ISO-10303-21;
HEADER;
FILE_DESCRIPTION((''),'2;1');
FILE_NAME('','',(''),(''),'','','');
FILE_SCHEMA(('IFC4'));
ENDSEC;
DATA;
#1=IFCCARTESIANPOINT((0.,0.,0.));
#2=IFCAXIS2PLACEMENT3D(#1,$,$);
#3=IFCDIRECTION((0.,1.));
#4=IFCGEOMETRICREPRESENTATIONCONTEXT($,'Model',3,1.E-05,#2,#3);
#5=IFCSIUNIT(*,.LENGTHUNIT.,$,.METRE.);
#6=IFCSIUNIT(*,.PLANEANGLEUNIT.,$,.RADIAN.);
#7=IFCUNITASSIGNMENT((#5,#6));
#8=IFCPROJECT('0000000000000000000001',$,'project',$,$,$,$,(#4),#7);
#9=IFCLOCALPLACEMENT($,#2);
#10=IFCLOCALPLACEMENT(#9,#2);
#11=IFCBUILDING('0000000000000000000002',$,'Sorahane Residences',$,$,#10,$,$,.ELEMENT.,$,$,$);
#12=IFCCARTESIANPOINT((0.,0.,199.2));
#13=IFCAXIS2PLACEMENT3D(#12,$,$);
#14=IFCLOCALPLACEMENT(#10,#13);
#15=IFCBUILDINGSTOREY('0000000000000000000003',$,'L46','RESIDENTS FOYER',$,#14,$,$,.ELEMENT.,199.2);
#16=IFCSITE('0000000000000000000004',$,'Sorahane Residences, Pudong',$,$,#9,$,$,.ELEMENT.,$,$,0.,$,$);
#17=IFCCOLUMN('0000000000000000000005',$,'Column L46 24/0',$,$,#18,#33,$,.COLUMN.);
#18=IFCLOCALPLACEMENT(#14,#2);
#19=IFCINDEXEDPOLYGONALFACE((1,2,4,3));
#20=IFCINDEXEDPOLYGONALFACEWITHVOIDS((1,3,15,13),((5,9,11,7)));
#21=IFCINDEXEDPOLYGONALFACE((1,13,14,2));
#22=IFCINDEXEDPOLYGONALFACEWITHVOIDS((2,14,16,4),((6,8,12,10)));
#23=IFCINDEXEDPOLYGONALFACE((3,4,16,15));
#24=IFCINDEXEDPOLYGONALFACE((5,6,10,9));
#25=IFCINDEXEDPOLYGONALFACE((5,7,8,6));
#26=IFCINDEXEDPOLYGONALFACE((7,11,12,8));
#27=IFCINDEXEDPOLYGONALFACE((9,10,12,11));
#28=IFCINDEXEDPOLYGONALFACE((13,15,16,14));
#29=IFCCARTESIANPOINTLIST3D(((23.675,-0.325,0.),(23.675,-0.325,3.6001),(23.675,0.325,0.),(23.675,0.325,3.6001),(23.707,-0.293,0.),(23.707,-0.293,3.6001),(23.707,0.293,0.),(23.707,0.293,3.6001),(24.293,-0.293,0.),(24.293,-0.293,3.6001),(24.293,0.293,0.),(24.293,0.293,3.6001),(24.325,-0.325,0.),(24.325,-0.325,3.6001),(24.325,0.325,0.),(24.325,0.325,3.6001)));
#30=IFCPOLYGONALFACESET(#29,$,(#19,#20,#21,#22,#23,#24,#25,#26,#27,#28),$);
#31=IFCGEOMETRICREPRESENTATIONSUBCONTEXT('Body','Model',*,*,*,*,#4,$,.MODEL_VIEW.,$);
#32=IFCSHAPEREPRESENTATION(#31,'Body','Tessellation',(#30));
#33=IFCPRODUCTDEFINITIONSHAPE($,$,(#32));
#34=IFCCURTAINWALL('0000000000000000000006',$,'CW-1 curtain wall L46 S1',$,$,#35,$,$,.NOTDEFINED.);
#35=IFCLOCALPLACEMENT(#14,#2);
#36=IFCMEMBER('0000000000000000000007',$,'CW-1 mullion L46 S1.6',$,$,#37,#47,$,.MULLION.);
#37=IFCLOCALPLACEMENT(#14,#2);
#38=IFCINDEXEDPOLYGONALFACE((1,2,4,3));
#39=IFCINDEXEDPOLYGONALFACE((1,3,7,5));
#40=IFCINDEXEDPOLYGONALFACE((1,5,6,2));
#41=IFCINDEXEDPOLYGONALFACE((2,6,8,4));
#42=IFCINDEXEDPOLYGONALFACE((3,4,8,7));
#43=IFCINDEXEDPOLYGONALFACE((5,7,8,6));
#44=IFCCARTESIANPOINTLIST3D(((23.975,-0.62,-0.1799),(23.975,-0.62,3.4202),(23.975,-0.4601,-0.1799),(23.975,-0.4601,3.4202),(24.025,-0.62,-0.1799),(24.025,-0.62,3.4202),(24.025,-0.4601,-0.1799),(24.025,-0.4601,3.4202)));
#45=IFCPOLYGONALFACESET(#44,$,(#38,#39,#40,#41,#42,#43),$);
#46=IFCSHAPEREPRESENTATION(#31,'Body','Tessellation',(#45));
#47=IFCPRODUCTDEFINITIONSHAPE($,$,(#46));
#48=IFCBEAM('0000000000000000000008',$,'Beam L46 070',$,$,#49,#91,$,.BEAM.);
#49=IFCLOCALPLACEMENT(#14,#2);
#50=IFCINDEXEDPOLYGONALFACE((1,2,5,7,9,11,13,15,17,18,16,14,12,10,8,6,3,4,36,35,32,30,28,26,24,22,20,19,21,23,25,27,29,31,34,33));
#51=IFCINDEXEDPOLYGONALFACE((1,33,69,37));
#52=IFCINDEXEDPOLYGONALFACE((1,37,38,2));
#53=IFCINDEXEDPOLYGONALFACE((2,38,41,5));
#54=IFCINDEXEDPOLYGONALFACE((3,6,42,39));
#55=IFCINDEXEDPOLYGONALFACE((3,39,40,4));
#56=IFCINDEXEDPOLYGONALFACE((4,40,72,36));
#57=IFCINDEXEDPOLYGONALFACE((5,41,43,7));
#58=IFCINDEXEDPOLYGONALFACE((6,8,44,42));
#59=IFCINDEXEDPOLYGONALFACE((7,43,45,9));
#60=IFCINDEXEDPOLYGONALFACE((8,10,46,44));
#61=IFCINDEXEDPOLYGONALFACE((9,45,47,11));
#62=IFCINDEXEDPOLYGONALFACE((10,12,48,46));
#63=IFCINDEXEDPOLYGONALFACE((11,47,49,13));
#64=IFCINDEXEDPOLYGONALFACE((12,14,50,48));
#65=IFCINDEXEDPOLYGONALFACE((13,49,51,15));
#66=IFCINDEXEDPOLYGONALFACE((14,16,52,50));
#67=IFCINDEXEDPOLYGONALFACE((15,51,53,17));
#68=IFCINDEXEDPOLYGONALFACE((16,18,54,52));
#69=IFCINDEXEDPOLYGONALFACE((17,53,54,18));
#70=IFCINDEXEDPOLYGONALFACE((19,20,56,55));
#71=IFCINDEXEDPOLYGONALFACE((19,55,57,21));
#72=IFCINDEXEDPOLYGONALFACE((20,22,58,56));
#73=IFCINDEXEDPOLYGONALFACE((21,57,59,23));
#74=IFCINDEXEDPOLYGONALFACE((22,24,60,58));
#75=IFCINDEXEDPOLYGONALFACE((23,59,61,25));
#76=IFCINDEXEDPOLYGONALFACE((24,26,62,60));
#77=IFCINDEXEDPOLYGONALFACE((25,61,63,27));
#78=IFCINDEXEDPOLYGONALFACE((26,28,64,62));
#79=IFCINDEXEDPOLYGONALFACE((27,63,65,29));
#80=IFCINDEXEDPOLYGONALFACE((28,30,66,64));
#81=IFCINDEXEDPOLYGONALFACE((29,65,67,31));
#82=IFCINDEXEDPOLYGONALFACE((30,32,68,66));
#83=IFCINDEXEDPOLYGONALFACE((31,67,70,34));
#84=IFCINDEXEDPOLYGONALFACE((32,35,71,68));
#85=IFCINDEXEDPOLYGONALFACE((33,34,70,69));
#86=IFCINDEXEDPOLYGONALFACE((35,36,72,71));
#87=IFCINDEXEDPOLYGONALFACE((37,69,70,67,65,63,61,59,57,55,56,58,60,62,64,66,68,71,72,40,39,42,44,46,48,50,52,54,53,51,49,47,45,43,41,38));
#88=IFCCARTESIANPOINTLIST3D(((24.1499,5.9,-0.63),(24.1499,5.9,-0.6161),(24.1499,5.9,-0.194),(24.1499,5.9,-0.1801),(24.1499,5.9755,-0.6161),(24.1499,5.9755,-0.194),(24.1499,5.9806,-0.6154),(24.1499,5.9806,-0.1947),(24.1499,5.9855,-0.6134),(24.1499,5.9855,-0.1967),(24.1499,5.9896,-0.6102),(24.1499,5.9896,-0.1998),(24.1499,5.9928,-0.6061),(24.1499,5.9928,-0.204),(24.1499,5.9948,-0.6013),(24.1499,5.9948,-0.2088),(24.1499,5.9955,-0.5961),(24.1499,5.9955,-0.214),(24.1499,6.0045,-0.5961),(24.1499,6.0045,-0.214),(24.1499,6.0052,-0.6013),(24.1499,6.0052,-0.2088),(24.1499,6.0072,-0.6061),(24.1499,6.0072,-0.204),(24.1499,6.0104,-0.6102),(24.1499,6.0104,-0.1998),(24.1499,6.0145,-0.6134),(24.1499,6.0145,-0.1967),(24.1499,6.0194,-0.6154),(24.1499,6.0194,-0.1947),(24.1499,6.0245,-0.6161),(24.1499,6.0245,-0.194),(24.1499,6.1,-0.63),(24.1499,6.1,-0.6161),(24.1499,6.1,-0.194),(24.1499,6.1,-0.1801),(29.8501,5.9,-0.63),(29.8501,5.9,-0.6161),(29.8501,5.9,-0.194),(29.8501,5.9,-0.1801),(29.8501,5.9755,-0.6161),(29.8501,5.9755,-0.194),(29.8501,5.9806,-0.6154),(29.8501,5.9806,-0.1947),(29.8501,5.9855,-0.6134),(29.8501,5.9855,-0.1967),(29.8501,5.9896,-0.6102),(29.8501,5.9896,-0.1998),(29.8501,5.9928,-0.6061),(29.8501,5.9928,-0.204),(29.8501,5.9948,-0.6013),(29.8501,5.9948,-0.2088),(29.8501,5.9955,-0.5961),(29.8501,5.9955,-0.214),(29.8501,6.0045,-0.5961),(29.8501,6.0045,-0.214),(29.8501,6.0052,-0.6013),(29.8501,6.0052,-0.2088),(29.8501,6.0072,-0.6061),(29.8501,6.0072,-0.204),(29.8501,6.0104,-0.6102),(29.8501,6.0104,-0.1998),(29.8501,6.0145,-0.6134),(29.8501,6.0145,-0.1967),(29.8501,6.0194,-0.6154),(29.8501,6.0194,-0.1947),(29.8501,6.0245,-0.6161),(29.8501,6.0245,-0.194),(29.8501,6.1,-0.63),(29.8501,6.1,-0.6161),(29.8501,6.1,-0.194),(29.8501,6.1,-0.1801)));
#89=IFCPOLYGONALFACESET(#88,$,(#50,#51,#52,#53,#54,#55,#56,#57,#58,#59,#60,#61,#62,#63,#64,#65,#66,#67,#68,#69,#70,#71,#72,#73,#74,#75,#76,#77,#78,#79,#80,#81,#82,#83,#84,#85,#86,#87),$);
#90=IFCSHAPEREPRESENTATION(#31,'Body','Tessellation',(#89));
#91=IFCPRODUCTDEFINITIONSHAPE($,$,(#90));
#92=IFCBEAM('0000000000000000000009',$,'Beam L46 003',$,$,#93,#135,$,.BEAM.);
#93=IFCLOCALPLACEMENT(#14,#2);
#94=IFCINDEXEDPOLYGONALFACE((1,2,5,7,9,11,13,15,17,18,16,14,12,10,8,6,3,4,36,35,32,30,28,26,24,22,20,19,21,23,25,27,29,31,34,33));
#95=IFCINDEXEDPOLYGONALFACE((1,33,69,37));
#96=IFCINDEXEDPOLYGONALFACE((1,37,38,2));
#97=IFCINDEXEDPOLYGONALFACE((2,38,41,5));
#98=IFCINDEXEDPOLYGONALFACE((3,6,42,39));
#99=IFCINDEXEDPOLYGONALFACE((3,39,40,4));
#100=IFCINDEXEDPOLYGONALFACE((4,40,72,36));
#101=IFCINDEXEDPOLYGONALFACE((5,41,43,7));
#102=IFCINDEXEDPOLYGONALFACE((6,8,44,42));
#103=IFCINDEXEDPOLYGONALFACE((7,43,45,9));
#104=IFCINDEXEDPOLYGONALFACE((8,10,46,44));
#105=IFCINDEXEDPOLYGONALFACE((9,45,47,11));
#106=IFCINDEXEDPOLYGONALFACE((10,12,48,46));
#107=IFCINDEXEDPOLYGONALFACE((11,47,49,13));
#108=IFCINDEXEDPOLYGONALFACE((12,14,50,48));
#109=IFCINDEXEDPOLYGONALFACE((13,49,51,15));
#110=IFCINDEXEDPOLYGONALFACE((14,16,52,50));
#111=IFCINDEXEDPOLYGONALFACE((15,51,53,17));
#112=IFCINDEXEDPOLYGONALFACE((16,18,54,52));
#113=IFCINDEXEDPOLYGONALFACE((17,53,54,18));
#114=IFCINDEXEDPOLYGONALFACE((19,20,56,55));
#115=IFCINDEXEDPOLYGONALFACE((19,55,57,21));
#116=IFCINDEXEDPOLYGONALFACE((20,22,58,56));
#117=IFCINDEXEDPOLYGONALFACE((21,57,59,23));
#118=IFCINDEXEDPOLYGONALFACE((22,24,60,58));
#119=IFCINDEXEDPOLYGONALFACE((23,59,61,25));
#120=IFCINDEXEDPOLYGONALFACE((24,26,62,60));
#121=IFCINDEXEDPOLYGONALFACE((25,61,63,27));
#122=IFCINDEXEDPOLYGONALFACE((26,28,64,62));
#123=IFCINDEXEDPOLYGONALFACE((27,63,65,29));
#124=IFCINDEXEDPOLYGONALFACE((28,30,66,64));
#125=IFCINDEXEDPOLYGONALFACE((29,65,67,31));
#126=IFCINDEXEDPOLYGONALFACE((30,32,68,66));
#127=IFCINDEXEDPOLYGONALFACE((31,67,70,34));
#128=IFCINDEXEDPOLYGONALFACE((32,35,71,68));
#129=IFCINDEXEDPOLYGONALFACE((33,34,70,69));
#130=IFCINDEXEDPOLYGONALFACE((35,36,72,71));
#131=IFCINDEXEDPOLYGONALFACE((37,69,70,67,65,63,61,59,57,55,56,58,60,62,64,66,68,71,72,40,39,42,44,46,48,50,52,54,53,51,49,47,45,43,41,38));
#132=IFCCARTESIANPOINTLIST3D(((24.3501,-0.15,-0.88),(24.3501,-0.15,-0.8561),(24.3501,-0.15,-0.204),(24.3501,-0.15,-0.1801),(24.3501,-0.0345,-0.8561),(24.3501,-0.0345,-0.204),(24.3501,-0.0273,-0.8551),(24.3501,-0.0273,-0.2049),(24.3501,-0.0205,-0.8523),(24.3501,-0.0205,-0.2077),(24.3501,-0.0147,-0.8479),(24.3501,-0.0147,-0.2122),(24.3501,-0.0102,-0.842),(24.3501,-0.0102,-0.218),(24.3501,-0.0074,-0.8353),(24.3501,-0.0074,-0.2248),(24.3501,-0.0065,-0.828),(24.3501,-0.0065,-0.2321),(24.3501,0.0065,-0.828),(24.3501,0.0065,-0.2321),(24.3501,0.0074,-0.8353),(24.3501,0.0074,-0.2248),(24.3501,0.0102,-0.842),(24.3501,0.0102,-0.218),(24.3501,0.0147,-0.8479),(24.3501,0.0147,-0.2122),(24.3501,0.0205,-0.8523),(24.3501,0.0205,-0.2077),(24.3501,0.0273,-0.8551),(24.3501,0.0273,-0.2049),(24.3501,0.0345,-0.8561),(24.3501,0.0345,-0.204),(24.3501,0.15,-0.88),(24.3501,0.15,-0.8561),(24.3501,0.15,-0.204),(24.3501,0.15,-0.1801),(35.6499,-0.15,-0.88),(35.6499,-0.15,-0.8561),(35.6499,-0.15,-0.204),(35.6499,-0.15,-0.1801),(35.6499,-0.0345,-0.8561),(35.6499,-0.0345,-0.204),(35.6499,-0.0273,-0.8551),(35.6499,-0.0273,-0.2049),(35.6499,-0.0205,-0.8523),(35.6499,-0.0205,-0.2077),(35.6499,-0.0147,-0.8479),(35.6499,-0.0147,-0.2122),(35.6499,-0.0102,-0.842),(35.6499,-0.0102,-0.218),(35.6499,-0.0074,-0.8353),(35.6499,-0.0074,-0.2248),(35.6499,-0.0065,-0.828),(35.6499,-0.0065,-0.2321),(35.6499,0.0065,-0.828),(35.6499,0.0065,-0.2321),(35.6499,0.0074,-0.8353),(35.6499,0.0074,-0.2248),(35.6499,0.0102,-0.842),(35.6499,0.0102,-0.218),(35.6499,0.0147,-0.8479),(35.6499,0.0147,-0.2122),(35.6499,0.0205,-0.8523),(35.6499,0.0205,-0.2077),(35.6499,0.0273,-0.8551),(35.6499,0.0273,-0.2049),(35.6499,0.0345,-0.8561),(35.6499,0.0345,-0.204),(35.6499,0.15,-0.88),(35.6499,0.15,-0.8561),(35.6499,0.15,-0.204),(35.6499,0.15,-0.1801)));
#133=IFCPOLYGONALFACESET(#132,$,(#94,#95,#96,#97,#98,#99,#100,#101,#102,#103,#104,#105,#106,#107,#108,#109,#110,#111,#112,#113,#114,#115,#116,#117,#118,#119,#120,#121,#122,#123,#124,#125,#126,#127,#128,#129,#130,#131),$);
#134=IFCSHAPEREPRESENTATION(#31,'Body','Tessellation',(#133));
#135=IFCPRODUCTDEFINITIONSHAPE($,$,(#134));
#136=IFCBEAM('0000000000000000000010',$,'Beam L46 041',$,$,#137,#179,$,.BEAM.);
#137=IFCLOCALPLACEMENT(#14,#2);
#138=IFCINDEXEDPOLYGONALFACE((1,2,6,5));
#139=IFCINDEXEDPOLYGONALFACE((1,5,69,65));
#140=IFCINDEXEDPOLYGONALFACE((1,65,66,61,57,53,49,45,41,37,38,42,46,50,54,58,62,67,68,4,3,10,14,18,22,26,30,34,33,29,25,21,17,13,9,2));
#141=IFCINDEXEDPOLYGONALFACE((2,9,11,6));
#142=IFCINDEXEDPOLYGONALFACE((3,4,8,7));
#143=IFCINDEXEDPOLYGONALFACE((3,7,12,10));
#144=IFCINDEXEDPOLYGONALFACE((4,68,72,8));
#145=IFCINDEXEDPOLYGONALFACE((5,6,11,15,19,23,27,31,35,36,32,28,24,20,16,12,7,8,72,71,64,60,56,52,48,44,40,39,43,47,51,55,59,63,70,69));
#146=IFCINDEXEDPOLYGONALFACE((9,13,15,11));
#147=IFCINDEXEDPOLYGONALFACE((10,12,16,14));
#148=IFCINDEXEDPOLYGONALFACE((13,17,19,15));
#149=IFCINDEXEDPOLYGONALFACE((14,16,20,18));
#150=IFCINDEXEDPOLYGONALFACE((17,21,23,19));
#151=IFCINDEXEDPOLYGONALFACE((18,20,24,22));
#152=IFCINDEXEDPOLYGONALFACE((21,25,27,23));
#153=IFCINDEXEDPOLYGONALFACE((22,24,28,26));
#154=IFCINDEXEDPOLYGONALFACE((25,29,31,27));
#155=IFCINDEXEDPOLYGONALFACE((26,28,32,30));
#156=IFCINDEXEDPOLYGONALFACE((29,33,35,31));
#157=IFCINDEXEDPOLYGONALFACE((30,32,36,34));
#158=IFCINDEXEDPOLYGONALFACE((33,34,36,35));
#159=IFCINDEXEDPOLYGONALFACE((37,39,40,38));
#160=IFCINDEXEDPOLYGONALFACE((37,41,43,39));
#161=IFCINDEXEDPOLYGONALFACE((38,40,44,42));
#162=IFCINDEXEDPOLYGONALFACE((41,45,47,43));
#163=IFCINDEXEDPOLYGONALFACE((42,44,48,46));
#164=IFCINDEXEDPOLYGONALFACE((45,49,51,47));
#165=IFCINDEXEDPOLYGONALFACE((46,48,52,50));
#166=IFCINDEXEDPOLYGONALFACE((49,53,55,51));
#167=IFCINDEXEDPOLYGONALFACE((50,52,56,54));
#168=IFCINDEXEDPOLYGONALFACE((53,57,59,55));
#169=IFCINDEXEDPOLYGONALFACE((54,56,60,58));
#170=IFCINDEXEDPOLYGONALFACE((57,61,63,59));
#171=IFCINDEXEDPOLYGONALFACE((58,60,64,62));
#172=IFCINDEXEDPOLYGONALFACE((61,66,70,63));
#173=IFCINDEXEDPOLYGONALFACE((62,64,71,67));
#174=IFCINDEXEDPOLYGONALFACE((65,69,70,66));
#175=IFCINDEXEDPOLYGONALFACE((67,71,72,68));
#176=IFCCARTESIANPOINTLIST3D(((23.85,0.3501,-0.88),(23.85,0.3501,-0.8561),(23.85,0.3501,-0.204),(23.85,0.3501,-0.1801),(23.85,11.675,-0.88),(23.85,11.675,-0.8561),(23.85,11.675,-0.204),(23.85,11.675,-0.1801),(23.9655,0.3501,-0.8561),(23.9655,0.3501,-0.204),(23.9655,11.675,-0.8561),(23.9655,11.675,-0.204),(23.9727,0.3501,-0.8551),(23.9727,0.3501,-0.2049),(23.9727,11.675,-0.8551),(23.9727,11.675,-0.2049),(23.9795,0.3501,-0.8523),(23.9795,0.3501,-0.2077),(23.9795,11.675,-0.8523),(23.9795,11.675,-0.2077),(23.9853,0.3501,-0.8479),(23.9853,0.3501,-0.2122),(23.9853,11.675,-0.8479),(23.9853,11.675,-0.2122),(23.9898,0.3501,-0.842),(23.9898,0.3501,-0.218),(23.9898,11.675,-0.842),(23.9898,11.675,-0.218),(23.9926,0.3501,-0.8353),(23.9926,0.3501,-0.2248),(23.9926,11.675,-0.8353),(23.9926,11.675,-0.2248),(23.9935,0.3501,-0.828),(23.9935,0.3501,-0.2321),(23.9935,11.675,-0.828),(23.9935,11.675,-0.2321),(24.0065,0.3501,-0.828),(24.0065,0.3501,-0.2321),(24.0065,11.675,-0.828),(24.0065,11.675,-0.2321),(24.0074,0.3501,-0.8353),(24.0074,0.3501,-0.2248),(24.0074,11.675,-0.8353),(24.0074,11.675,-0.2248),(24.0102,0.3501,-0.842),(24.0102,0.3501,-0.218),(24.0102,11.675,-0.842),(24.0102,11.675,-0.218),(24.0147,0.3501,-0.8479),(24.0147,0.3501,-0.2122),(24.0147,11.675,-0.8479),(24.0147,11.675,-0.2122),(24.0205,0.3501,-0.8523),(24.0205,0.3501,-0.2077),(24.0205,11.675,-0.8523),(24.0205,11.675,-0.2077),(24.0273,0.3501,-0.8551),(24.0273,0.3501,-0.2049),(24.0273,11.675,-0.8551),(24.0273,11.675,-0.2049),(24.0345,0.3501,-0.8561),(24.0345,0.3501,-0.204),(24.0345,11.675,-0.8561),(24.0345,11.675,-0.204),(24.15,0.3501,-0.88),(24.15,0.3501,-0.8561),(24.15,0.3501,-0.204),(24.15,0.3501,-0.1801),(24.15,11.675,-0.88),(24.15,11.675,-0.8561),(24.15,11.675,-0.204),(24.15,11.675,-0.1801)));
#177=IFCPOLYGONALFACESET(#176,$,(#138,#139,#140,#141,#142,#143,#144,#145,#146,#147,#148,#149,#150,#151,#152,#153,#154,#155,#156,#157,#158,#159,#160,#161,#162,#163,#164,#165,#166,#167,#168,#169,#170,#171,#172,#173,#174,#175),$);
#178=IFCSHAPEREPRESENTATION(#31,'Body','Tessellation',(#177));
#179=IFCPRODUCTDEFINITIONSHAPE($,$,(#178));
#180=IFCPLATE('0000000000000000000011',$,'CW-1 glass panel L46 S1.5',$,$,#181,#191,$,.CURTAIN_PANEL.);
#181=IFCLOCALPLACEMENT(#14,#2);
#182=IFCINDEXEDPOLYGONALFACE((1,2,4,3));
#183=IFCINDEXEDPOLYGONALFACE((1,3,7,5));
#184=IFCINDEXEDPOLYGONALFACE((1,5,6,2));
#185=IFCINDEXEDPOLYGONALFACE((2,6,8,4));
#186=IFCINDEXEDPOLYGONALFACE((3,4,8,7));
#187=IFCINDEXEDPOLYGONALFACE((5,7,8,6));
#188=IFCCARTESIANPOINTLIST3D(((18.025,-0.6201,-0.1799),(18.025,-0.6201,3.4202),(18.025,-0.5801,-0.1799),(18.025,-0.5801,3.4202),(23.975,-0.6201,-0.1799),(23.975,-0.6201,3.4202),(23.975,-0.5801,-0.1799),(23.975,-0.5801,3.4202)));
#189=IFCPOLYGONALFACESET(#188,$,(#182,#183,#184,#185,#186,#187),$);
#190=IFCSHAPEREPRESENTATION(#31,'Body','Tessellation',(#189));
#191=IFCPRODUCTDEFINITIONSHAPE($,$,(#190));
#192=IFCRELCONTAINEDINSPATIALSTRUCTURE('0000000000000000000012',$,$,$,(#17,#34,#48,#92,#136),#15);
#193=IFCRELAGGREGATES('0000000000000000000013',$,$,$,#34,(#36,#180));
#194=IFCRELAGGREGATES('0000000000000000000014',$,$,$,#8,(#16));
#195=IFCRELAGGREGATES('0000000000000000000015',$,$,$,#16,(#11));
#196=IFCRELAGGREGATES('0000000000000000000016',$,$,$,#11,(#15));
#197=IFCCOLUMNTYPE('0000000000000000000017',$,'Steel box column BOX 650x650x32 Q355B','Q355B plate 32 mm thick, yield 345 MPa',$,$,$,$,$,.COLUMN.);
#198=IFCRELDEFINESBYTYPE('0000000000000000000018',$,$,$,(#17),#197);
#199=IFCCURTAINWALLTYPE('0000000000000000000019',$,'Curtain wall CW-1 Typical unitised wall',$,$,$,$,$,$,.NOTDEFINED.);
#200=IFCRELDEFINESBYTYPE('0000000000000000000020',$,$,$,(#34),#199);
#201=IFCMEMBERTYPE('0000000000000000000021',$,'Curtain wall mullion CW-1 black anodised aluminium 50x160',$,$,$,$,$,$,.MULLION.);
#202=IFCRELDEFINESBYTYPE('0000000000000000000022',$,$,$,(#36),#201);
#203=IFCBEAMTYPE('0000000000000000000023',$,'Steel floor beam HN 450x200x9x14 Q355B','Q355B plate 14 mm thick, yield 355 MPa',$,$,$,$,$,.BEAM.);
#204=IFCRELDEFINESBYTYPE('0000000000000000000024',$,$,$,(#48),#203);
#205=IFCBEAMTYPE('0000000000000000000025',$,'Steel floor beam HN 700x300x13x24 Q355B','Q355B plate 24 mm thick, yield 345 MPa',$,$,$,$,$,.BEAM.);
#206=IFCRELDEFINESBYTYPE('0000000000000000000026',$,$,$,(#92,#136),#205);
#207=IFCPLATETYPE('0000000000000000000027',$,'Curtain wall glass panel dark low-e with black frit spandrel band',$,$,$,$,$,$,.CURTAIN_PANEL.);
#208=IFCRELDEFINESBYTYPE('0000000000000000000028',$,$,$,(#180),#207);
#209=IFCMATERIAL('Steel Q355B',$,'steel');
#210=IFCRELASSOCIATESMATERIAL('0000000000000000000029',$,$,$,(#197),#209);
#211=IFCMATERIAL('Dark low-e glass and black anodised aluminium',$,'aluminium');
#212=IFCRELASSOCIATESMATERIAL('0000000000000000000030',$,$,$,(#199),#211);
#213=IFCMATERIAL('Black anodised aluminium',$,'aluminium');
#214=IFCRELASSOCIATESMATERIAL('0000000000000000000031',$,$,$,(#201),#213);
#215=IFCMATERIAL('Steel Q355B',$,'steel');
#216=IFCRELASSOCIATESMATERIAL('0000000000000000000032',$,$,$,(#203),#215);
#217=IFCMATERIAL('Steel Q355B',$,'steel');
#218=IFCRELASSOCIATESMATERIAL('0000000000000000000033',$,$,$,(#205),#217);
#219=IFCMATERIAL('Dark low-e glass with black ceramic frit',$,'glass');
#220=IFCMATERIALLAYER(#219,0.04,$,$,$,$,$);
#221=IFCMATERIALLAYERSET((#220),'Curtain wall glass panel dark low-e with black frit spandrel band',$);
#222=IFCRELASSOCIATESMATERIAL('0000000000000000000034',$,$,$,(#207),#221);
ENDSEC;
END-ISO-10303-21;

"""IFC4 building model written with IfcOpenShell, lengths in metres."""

from ifc_helpers import new_model, si_unit, direction, frame, origin, origin_2d, place, context, subcontext, project, spatial, rectangle, hollow_rectangle, i_section, extrude, material, layer, layer_set, material_profile, profile_set, type_object, element, aggregate, save


model = new_model("IFC4")

# Units and contexts
model_context = context("Model", 3, precision=1e-05, world=origin(), true_north=direction((0.0, 1.0)))
body_context = subcontext(model_context, "Body", "Model", "MODEL_VIEW")
ifc_project = project(units=[si_unit("LENGTHUNIT", "METRE"), si_unit("PLANEANGLEUNIT", "RADIAN")], contexts=[model_context])

# Site, building, storey
site_placement = place(None, origin())
site = spatial("IfcSite", under=ifc_project, at=site_placement, Name="Sorahane Residences, Pudong", CompositionType="ELEMENT", RefElevation=0.0)
building_placement = place(site_placement, origin())
building = spatial("IfcBuilding", under=site, at=building_placement, Name="Sorahane Residences", CompositionType="ELEMENT")
storey_placement = place(building_placement, frame((0.0, 0.0, 199.2)))
storey = spatial("IfcBuildingStorey", under=building, at=storey_placement, Name="L46", Description="RESIDENTS FOYER", CompositionType="ELEMENT", Elevation=199.2)

# Column
ifc_material_1 = material(Name="Steel Q355B", Category="steel")
ifc_material_profile_1 = material_profile(ifc_material_1, hollow_rectangle(XDim=0.6499, YDim=0.6499, WallThickness=0.032, at=origin_2d()), Name="BOX 650x650x32")
ifc_profile_set_1 = profile_set([ifc_material_profile_1], Name="Steel Q355B")
column_type = type_object("IfcColumnType", Name="Steel box column BOX 650x650x32 Q355B", Description="Q355B plate 32 mm thick, yield 345 MPa", PredefinedType="COLUMN", material=ifc_profile_set_1)
column_placement = place(storey_placement, frame((24.0, 0.0, 0.0), z_axis=(0.0, 0.0, 1.0), x_axis=(1.0, 0.0, 0.0)))
element("IfcColumn", 1, at=column_placement, inside=storey, type_object=column_type, Name="Column L46 24/0", PredefinedType="COLUMN", context=body_context, shape_type="SweptSolid", body=[
    extrude(hollow_rectangle(XDim=0.6499, YDim=0.6499, WallThickness=0.032, at=origin_2d()), origin(), (0.0, 0.0, 1.0), 3.6001),
])

# Curtain wall, member
ifc_material_2 = material(Name="Dark low-e glass and black anodised aluminium", Category="aluminium")
curtain_wall_type = type_object("IfcCurtainWallType", Name="Curtain wall CW-1 Typical unitised wall", PredefinedType="NOTDEFINED", material=ifc_material_2)
curtain_wall_placement = place(storey_placement, origin())
curtain_wall = element("IfcCurtainWall", 2, at=curtain_wall_placement, inside=storey, type_object=curtain_wall_type, Name="CW-1 curtain wall L46 S1", PredefinedType="NOTDEFINED")
ifc_material_3 = material(Name="Black anodised aluminium", Category="aluminium")
ifc_material_profile_2 = material_profile(ifc_material_3, rectangle(XDim=0.1599, YDim=0.05, at=origin_2d()), Name="Curtain wall mullion CW-1 black anodised aluminium 50x160")
ifc_profile_set_2 = profile_set([ifc_material_profile_2], Name="Black anodised aluminium")
member_type = type_object("IfcMemberType", Name="Curtain wall mullion CW-1 black anodised aluminium 50x160", PredefinedType="MULLION", material=ifc_profile_set_2)
member_placement = place(storey_placement, frame((24.0, -0.54, -0.1799), z_axis=(0.0, 0.0, 1.0), x_axis=(0.0, -1.0, 0.0)))
member = element("IfcMember", 3, at=member_placement, type_object=member_type, Name="CW-1 mullion L46 S1.6", PredefinedType="MULLION", context=body_context, shape_type="SweptSolid", body=[
    extrude(rectangle(XDim=0.1599, YDim=0.05, at=origin_2d()), origin(), (0.0, 0.0, 1.0), 3.6001),
])

# Beams
ifc_material_4 = material(Name="Steel Q355B", Category="steel")
ifc_material_profile_3 = material_profile(ifc_material_4, i_section(OverallWidth=0.2, OverallDepth=0.45, WebThickness=0.009, FlangeThickness=0.0139, FilletRadius=0.02, at=origin_2d()), Name="HN 450x200x9x14")
ifc_profile_set_3 = profile_set([ifc_material_profile_3], Name="Steel Q355B")
beam_type_1 = type_object("IfcBeamType", Name="Steel floor beam HN 450x200x9x14 Q355B", Description="Q355B plate 14 mm thick, yield 355 MPa", PredefinedType="BEAM", material=ifc_profile_set_3)
beam_1_placement = place(storey_placement, frame((24.1499, 6.0, -0.405), z_axis=(1.0, 0.0, 0.0), x_axis=(0.0, 1.0, 0.0)))
element("IfcBeam", 4, at=beam_1_placement, inside=storey, type_object=beam_type_1, Name="Beam L46 070", PredefinedType="BEAM", context=body_context, shape_type="SweptSolid", body=[
    extrude(i_section(OverallWidth=0.2, OverallDepth=0.45, WebThickness=0.009, FlangeThickness=0.0139, FilletRadius=0.02, at=origin_2d()), origin(), (0.0, 0.0, 1.0), 5.7002),
])
ifc_material_5 = material(Name="Steel Q355B", Category="steel")
ifc_material_profile_4 = material_profile(ifc_material_5, i_section(OverallWidth=0.3, OverallDepth=0.7, WebThickness=0.0129, FlangeThickness=0.0239, FilletRadius=0.0281, at=origin_2d()), Name="HN 700x300x13x24")
ifc_profile_set_4 = profile_set([ifc_material_profile_4], Name="Steel Q355B")
beam_type_2 = type_object("IfcBeamType", Name="Steel floor beam HN 700x300x13x24 Q355B", Description="Q355B plate 24 mm thick, yield 345 MPa", PredefinedType="BEAM", material=ifc_profile_set_4)
beam_2_placement = place(storey_placement, frame((24.3501, 0.0, -0.53), z_axis=(1.0, 0.0, 0.0), x_axis=(0.0, 1.0, 0.0)))
element("IfcBeam", 5, at=beam_2_placement, inside=storey, type_object=beam_type_2, Name="Beam L46 003", PredefinedType="BEAM", context=body_context, shape_type="SweptSolid", body=[
    extrude(i_section(OverallWidth=0.3, OverallDepth=0.7, WebThickness=0.0129, FlangeThickness=0.0239, FilletRadius=0.0281, at=origin_2d()), origin(), (0.0, 0.0, 1.0), 11.2998),
])
beam_3_placement = place(storey_placement, frame((24.0, 0.3501, -0.53), z_axis=(0.0, 1.0, 0.0), x_axis=(-1.0, 0.0, 0.0)))
element("IfcBeam", 6, at=beam_3_placement, inside=storey, type_object=beam_type_2, Name="Beam L46 041", PredefinedType="BEAM", context=body_context, shape_type="SweptSolid", body=[
    extrude(i_section(OverallWidth=0.3, OverallDepth=0.7, WebThickness=0.0129, FlangeThickness=0.0239, FilletRadius=0.0281, at=origin_2d()), origin(), (0.0, 0.0, 1.0), 11.325),
])

# Plate
ifc_material_6 = material(Name="Dark low-e glass with black ceramic frit", Category="glass")
ifc_layer_1 = layer(ifc_material_6, 0.04)
ifc_layer_set_1 = layer_set([ifc_layer_1], Name="Curtain wall glass panel dark low-e with black frit spandrel band")
plate_type = type_object("IfcPlateType", Name="Curtain wall glass panel dark low-e with black frit spandrel band", PredefinedType="CURTAIN_PANEL", material=ifc_layer_set_1)
plate_1_placement = place(storey_placement, frame((21.0, -0.6001, -0.1799), z_axis=(0.0, 0.0, 1.0), x_axis=(1.0, 0.0, 0.0)))
plate_1 = element("IfcPlate", 7, at=plate_1_placement, type_object=plate_type, Name="CW-1 glass panel L46 S1.5", PredefinedType="CURTAIN_PANEL", context=body_context, shape_type="SweptSolid", body=[
    extrude(rectangle(XDim=5.95, YDim=0.04, at=origin_2d()), origin(), (0.0, 0.0, 1.0), 3.6001),
])
aggregate(curtain_wall, [member, plate_1])

save(model, "model.ifc")
